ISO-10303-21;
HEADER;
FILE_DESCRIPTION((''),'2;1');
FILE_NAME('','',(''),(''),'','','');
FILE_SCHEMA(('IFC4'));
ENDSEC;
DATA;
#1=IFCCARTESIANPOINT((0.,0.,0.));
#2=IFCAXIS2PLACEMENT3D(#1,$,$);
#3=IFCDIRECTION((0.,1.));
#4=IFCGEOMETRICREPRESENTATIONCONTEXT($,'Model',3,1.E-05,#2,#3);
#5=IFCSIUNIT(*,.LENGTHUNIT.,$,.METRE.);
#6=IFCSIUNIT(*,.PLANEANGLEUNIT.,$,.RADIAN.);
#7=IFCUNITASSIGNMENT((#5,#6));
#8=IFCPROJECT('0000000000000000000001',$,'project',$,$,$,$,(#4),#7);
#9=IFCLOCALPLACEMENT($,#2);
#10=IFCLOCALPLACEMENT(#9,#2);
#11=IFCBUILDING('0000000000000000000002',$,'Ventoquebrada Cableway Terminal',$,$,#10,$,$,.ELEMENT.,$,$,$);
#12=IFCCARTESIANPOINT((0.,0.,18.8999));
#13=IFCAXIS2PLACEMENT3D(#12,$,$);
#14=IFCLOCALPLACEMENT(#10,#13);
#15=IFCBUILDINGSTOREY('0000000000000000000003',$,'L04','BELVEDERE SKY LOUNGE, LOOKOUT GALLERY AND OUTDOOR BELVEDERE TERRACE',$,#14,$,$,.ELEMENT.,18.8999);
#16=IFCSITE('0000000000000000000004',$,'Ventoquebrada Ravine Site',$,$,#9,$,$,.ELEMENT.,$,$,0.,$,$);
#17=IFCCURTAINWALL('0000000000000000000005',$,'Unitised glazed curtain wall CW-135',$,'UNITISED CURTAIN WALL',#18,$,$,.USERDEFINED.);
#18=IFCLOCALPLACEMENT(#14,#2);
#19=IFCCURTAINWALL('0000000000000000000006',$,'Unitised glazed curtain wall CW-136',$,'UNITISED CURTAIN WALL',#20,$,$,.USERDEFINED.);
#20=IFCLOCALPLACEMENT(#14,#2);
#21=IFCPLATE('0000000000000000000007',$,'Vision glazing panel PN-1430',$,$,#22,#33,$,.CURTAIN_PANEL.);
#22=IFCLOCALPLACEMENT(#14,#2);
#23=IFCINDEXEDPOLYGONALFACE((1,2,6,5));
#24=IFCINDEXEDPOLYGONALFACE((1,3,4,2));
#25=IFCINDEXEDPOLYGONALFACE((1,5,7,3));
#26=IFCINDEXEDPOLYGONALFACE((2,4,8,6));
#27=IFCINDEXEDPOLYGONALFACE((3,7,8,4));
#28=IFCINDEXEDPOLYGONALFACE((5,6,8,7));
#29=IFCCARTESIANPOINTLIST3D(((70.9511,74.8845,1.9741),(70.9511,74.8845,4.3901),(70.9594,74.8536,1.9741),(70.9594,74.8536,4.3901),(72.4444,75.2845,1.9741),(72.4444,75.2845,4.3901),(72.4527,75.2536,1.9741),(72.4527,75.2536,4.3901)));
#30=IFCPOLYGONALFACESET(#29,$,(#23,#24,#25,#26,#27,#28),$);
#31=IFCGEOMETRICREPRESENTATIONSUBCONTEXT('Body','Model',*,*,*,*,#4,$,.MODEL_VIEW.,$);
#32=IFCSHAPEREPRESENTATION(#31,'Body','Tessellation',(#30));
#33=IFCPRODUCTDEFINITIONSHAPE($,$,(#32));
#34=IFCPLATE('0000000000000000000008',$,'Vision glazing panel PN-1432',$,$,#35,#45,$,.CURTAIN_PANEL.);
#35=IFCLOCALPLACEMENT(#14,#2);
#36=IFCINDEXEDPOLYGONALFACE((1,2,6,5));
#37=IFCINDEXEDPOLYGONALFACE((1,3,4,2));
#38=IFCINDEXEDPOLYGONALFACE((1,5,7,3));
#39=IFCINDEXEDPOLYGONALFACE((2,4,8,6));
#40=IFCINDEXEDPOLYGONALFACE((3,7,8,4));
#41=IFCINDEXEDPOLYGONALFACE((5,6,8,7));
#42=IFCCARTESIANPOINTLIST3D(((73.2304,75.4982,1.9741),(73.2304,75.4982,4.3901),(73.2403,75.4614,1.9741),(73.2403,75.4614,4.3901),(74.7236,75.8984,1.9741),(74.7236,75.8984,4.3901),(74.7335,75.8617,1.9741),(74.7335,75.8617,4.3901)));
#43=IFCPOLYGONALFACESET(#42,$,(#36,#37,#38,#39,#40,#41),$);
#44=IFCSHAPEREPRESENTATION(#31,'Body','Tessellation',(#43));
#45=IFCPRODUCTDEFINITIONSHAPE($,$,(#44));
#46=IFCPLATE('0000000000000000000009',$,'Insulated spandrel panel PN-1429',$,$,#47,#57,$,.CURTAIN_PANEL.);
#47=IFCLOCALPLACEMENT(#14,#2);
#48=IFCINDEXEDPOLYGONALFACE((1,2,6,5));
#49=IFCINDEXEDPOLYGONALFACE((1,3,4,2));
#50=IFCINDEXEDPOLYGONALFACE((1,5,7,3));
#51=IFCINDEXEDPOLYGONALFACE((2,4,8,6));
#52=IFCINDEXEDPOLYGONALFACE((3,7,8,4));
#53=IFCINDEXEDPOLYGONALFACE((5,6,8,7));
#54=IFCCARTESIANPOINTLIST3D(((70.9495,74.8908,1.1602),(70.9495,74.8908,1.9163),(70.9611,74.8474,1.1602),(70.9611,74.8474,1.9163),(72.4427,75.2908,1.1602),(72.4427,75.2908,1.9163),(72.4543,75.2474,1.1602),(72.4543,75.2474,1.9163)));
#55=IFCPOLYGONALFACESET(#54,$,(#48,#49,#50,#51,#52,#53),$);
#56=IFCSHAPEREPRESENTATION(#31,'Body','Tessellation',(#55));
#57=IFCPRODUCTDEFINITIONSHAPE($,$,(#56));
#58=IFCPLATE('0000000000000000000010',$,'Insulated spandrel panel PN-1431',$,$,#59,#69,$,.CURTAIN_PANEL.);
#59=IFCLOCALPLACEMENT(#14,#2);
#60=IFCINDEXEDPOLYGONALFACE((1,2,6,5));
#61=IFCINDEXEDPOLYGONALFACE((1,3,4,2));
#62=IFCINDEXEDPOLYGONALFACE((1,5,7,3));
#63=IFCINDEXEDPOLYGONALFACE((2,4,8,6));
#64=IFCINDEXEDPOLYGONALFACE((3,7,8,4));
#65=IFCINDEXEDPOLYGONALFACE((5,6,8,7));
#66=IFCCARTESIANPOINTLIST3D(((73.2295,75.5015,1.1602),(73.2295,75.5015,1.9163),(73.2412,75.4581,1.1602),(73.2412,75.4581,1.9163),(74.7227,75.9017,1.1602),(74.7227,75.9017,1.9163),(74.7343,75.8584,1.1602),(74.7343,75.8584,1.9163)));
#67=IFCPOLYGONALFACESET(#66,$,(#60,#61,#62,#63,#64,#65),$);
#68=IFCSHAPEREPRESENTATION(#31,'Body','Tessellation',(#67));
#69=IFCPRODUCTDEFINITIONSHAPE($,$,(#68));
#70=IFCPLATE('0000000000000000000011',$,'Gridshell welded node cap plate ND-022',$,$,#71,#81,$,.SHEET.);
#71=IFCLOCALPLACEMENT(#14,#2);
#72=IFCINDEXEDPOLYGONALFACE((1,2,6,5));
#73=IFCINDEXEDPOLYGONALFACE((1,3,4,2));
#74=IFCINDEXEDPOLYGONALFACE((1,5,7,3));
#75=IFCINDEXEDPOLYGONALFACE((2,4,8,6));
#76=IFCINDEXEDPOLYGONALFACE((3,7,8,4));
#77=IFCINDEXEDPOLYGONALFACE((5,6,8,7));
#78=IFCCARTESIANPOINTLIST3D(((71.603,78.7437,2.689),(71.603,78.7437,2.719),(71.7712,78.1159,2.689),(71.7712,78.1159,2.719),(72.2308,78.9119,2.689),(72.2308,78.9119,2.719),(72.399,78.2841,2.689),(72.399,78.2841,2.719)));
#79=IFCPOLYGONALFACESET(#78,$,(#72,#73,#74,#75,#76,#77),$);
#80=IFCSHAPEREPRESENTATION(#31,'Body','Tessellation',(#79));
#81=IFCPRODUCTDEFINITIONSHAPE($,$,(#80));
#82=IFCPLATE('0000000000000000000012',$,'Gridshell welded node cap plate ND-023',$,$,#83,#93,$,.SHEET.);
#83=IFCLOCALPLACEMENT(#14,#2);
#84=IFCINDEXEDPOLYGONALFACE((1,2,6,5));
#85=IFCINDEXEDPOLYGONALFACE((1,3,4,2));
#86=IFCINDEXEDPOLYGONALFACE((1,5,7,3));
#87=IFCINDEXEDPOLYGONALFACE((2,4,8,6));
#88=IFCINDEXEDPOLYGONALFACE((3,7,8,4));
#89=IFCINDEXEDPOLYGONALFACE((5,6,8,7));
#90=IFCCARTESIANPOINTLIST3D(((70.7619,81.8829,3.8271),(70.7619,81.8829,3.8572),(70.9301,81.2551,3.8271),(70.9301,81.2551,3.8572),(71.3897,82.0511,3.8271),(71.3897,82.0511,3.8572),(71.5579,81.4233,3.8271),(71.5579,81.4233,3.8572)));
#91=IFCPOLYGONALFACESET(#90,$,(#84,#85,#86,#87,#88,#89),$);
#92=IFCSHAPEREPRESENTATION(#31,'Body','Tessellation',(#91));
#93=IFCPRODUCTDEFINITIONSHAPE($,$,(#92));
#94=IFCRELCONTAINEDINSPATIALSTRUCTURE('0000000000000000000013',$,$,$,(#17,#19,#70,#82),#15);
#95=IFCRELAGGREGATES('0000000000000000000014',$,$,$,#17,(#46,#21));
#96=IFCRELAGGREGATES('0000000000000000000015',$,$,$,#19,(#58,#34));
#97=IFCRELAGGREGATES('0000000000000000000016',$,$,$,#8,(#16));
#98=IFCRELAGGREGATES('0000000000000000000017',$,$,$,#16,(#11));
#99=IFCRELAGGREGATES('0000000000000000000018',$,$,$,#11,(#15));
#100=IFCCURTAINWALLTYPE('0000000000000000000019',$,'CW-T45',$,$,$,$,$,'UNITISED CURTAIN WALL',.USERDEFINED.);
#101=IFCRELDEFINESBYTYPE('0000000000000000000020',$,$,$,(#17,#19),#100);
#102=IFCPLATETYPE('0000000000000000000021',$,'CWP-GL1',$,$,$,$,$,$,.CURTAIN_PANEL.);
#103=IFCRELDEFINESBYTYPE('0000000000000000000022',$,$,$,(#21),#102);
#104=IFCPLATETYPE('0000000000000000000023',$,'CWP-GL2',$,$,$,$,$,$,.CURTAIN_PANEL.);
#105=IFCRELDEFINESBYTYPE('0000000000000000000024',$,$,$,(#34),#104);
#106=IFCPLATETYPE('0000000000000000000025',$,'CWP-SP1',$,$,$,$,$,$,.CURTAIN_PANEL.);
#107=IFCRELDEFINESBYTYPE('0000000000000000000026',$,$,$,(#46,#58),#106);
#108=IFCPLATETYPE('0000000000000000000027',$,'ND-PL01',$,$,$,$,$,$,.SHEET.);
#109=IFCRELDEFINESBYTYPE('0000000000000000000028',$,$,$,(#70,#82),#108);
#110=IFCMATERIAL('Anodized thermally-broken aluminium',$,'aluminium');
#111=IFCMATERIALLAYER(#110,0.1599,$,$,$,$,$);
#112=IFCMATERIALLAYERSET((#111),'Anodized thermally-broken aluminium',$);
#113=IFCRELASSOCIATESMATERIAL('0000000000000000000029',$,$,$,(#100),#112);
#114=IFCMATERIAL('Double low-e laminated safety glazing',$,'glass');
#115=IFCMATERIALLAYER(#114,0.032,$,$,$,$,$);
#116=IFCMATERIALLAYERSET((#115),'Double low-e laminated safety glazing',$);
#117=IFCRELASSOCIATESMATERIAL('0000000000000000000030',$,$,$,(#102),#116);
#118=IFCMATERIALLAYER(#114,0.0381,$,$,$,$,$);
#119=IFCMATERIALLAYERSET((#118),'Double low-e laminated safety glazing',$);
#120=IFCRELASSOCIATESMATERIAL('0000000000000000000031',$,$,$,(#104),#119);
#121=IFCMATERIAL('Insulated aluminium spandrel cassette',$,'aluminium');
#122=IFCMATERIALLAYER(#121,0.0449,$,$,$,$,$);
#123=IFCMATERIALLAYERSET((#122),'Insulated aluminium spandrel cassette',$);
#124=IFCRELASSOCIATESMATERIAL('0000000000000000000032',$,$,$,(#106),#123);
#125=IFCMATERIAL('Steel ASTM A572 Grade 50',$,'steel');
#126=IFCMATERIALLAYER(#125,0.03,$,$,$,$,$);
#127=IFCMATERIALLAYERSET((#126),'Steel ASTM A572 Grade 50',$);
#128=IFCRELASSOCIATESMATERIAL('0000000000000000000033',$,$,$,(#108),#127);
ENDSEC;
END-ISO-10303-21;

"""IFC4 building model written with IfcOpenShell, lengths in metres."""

from ifc_helpers import new_model, si_unit, direction, frame, origin, origin_2d, place, context, subcontext, project, spatial, rectangle, extrude, material, layer, layer_set, type_object, element, aggregate, save


model = new_model("IFC4")

# Units and contexts
model_context = context("Model", 3, precision=1e-05, world=origin(), true_north=direction((0.0, 1.0)))
body_context = subcontext(model_context, "Body", "Model", "MODEL_VIEW")
ifc_project = project(units=[si_unit("LENGTHUNIT", "METRE"), si_unit("PLANEANGLEUNIT", "RADIAN")], contexts=[model_context])

# Site, building, storey
site_placement = place(None, origin())
site = spatial("IfcSite", under=ifc_project, at=site_placement, Name="Ventoquebrada Ravine Site", CompositionType="ELEMENT", RefElevation=0.0)
building_placement = place(site_placement, origin())
building = spatial("IfcBuilding", under=site, at=building_placement, Name="Ventoquebrada Cableway Terminal", CompositionType="ELEMENT")
storey_placement = place(building_placement, frame((0.0, 0.0, 18.8999)))
storey = spatial("IfcBuildingStorey", under=building, at=storey_placement, Name="L04", Description="BELVEDERE SKY LOUNGE, LOOKOUT GALLERY AND OUTDOOR BELVEDERE TERRACE", CompositionType="ELEMENT", Elevation=18.8999)

# Curtain wall
ifc_material_1 = material(Name="Anodized thermally-broken aluminium", Category="aluminium")
ifc_layer_1 = layer(ifc_material_1, 0.1599)
ifc_layer_set_1 = layer_set([ifc_layer_1], Name="Anodized thermally-broken aluminium")
curtain_wall_type = type_object("IfcCurtainWallType", Name="CW-T45", ElementType="UNITISED CURTAIN WALL", PredefinedType="USERDEFINED", material=ifc_layer_set_1)
curtain_wall_1_placement = place(storey_placement, origin())
curtain_wall_1 = element("IfcCurtainWall", 1, at=curtain_wall_1_placement, inside=storey, type_object=curtain_wall_type, Name="Unitised glazed curtain wall CW-135", ObjectType="UNITISED CURTAIN WALL", PredefinedType="USERDEFINED")

# Curtain wall
curtain_wall_2_placement = place(storey_placement, origin())
curtain_wall_2 = element("IfcCurtainWall", 2, at=curtain_wall_2_placement, inside=storey, type_object=curtain_wall_type, Name="Unitised glazed curtain wall CW-136", ObjectType="UNITISED CURTAIN WALL", PredefinedType="USERDEFINED")

# Plates
ifc_material_2 = material(Name="Double low-e laminated safety glazing", Category="glass")
ifc_layer_2 = layer(ifc_material_2, 0.032)
ifc_layer_set_2 = layer_set([ifc_layer_2], Name="Double low-e laminated safety glazing")
plate_type_1 = type_object("IfcPlateType", Name="CWP-GL1", PredefinedType="CURTAIN_PANEL", material=ifc_layer_set_2)
plate_1_placement = place(storey_placement, frame((71.7019, 75.0691, 1.9741), z_axis=(0.0, 0.0, 1.0), x_axis=(0.965944, 0.258752, 0.0)))
plate_1 = element("IfcPlate", 3, at=plate_1_placement, type_object=plate_type_1, Name="Vision glazing panel PN-1430", PredefinedType="CURTAIN_PANEL", context=body_context, shape_type="SweptSolid", body=[
    extrude(rectangle(XDim=1.5459, YDim=0.032, at=origin_2d()), origin(), (0.0, 0.0, 1.0), 2.416),
])
ifc_layer_3 = layer(ifc_material_2, 0.0381)
ifc_layer_set_3 = layer_set([ifc_layer_3], Name="Double low-e laminated safety glazing")
plate_type_2 = type_object("IfcPlateType", Name="CWP-GL2", PredefinedType="CURTAIN_PANEL", material=ifc_layer_set_3)
plate_2_placement = place(storey_placement, frame((73.9819, 75.6799, 1.9741), z_axis=(0.0, 0.0, 1.0), x_axis=(0.965903, 0.258903, 0.0)))
plate_2 = element("IfcPlate", 4, at=plate_2_placement, type_object=plate_type_2, Name="Vision glazing panel PN-1432", PredefinedType="CURTAIN_PANEL", context=body_context, shape_type="SweptSolid", body=[
    extrude(rectangle(XDim=1.5459, YDim=0.0381, at=origin_2d()), origin(), (0.0, 0.0, 1.0), 2.416),
])
ifc_material_3 = material(Name="Insulated aluminium spandrel cassette", Category="aluminium")
ifc_layer_4 = layer(ifc_material_3, 0.0449)
ifc_layer_set_4 = layer_set([ifc_layer_4], Name="Insulated aluminium spandrel cassette")
plate_type_3 = type_object("IfcPlateType", Name="CWP-SP1", PredefinedType="CURTAIN_PANEL", material=ifc_layer_set_4)
plate_3_placement = place(storey_placement, frame((71.7019, 75.0691, 1.1602), z_axis=(0.0, 0.0, 1.0), x_axis=(0.965944, 0.258752, 0.0)))
plate_3 = element("IfcPlate", 5, at=plate_3_placement, type_object=plate_type_3, Name="Insulated spandrel panel PN-1429", PredefinedType="CURTAIN_PANEL", context=body_context, shape_type="SweptSolid", body=[
    extrude(rectangle(XDim=1.5459, YDim=0.0449, at=origin_2d()), origin(), (0.0, 0.0, 1.0), 0.7561),
])
aggregate(curtain_wall_1, [plate_3, plate_1])
plate_4_placement = place(storey_placement, frame((73.9819, 75.6799, 1.1602), z_axis=(0.0, 0.0, 1.0), x_axis=(0.965903, 0.258903, 0.0)))
plate_4 = element("IfcPlate", 6, at=plate_4_placement, type_object=plate_type_3, Name="Insulated spandrel panel PN-1431", PredefinedType="CURTAIN_PANEL", context=body_context, shape_type="SweptSolid", body=[
    extrude(rectangle(XDim=1.5459, YDim=0.0449, at=origin_2d()), origin(), (0.0, 0.0, 1.0), 0.7561),
])
aggregate(curtain_wall_2, [plate_4, plate_2])

# Plates
ifc_material_4 = material(Name="Steel ASTM A572 Grade 50", Category="steel")
ifc_layer_5 = layer(ifc_material_4, 0.03)
ifc_layer_set_5 = layer_set([ifc_layer_5], Name="Steel ASTM A572 Grade 50")
plate_type_4 = type_object("IfcPlateType", Name="ND-PL01", PredefinedType="SHEET", material=ifc_layer_set_5)
for number, where, z_axis, x_axis, name in (
    (7, (72.001, 78.5139, 2.689), (0.0, 0.0, 1.0), (0.965926, 0.258819, 0.0), "Gridshell welded node cap plate ND-022"),
    (8, (71.1599, 81.6531, 3.8271), (0.0, 0.0, 1.0), (0.965926, 0.258819, 0.0), "Gridshell welded node cap plate ND-023"),
):
    element("IfcPlate", number, at=place(storey_placement, frame(where, z_axis=z_axis, x_axis=x_axis)), inside=storey, type_object=plate_type_4, Name=name, PredefinedType="SHEET", context=body_context, shape_type="SweptSolid", body=[
        extrude(rectangle(XDim=0.6499, YDim=0.6499, at=origin_2d()), origin(), (0.0, 0.0, 1.0), 0.03),
    ])

save(model, "model.ifc")
